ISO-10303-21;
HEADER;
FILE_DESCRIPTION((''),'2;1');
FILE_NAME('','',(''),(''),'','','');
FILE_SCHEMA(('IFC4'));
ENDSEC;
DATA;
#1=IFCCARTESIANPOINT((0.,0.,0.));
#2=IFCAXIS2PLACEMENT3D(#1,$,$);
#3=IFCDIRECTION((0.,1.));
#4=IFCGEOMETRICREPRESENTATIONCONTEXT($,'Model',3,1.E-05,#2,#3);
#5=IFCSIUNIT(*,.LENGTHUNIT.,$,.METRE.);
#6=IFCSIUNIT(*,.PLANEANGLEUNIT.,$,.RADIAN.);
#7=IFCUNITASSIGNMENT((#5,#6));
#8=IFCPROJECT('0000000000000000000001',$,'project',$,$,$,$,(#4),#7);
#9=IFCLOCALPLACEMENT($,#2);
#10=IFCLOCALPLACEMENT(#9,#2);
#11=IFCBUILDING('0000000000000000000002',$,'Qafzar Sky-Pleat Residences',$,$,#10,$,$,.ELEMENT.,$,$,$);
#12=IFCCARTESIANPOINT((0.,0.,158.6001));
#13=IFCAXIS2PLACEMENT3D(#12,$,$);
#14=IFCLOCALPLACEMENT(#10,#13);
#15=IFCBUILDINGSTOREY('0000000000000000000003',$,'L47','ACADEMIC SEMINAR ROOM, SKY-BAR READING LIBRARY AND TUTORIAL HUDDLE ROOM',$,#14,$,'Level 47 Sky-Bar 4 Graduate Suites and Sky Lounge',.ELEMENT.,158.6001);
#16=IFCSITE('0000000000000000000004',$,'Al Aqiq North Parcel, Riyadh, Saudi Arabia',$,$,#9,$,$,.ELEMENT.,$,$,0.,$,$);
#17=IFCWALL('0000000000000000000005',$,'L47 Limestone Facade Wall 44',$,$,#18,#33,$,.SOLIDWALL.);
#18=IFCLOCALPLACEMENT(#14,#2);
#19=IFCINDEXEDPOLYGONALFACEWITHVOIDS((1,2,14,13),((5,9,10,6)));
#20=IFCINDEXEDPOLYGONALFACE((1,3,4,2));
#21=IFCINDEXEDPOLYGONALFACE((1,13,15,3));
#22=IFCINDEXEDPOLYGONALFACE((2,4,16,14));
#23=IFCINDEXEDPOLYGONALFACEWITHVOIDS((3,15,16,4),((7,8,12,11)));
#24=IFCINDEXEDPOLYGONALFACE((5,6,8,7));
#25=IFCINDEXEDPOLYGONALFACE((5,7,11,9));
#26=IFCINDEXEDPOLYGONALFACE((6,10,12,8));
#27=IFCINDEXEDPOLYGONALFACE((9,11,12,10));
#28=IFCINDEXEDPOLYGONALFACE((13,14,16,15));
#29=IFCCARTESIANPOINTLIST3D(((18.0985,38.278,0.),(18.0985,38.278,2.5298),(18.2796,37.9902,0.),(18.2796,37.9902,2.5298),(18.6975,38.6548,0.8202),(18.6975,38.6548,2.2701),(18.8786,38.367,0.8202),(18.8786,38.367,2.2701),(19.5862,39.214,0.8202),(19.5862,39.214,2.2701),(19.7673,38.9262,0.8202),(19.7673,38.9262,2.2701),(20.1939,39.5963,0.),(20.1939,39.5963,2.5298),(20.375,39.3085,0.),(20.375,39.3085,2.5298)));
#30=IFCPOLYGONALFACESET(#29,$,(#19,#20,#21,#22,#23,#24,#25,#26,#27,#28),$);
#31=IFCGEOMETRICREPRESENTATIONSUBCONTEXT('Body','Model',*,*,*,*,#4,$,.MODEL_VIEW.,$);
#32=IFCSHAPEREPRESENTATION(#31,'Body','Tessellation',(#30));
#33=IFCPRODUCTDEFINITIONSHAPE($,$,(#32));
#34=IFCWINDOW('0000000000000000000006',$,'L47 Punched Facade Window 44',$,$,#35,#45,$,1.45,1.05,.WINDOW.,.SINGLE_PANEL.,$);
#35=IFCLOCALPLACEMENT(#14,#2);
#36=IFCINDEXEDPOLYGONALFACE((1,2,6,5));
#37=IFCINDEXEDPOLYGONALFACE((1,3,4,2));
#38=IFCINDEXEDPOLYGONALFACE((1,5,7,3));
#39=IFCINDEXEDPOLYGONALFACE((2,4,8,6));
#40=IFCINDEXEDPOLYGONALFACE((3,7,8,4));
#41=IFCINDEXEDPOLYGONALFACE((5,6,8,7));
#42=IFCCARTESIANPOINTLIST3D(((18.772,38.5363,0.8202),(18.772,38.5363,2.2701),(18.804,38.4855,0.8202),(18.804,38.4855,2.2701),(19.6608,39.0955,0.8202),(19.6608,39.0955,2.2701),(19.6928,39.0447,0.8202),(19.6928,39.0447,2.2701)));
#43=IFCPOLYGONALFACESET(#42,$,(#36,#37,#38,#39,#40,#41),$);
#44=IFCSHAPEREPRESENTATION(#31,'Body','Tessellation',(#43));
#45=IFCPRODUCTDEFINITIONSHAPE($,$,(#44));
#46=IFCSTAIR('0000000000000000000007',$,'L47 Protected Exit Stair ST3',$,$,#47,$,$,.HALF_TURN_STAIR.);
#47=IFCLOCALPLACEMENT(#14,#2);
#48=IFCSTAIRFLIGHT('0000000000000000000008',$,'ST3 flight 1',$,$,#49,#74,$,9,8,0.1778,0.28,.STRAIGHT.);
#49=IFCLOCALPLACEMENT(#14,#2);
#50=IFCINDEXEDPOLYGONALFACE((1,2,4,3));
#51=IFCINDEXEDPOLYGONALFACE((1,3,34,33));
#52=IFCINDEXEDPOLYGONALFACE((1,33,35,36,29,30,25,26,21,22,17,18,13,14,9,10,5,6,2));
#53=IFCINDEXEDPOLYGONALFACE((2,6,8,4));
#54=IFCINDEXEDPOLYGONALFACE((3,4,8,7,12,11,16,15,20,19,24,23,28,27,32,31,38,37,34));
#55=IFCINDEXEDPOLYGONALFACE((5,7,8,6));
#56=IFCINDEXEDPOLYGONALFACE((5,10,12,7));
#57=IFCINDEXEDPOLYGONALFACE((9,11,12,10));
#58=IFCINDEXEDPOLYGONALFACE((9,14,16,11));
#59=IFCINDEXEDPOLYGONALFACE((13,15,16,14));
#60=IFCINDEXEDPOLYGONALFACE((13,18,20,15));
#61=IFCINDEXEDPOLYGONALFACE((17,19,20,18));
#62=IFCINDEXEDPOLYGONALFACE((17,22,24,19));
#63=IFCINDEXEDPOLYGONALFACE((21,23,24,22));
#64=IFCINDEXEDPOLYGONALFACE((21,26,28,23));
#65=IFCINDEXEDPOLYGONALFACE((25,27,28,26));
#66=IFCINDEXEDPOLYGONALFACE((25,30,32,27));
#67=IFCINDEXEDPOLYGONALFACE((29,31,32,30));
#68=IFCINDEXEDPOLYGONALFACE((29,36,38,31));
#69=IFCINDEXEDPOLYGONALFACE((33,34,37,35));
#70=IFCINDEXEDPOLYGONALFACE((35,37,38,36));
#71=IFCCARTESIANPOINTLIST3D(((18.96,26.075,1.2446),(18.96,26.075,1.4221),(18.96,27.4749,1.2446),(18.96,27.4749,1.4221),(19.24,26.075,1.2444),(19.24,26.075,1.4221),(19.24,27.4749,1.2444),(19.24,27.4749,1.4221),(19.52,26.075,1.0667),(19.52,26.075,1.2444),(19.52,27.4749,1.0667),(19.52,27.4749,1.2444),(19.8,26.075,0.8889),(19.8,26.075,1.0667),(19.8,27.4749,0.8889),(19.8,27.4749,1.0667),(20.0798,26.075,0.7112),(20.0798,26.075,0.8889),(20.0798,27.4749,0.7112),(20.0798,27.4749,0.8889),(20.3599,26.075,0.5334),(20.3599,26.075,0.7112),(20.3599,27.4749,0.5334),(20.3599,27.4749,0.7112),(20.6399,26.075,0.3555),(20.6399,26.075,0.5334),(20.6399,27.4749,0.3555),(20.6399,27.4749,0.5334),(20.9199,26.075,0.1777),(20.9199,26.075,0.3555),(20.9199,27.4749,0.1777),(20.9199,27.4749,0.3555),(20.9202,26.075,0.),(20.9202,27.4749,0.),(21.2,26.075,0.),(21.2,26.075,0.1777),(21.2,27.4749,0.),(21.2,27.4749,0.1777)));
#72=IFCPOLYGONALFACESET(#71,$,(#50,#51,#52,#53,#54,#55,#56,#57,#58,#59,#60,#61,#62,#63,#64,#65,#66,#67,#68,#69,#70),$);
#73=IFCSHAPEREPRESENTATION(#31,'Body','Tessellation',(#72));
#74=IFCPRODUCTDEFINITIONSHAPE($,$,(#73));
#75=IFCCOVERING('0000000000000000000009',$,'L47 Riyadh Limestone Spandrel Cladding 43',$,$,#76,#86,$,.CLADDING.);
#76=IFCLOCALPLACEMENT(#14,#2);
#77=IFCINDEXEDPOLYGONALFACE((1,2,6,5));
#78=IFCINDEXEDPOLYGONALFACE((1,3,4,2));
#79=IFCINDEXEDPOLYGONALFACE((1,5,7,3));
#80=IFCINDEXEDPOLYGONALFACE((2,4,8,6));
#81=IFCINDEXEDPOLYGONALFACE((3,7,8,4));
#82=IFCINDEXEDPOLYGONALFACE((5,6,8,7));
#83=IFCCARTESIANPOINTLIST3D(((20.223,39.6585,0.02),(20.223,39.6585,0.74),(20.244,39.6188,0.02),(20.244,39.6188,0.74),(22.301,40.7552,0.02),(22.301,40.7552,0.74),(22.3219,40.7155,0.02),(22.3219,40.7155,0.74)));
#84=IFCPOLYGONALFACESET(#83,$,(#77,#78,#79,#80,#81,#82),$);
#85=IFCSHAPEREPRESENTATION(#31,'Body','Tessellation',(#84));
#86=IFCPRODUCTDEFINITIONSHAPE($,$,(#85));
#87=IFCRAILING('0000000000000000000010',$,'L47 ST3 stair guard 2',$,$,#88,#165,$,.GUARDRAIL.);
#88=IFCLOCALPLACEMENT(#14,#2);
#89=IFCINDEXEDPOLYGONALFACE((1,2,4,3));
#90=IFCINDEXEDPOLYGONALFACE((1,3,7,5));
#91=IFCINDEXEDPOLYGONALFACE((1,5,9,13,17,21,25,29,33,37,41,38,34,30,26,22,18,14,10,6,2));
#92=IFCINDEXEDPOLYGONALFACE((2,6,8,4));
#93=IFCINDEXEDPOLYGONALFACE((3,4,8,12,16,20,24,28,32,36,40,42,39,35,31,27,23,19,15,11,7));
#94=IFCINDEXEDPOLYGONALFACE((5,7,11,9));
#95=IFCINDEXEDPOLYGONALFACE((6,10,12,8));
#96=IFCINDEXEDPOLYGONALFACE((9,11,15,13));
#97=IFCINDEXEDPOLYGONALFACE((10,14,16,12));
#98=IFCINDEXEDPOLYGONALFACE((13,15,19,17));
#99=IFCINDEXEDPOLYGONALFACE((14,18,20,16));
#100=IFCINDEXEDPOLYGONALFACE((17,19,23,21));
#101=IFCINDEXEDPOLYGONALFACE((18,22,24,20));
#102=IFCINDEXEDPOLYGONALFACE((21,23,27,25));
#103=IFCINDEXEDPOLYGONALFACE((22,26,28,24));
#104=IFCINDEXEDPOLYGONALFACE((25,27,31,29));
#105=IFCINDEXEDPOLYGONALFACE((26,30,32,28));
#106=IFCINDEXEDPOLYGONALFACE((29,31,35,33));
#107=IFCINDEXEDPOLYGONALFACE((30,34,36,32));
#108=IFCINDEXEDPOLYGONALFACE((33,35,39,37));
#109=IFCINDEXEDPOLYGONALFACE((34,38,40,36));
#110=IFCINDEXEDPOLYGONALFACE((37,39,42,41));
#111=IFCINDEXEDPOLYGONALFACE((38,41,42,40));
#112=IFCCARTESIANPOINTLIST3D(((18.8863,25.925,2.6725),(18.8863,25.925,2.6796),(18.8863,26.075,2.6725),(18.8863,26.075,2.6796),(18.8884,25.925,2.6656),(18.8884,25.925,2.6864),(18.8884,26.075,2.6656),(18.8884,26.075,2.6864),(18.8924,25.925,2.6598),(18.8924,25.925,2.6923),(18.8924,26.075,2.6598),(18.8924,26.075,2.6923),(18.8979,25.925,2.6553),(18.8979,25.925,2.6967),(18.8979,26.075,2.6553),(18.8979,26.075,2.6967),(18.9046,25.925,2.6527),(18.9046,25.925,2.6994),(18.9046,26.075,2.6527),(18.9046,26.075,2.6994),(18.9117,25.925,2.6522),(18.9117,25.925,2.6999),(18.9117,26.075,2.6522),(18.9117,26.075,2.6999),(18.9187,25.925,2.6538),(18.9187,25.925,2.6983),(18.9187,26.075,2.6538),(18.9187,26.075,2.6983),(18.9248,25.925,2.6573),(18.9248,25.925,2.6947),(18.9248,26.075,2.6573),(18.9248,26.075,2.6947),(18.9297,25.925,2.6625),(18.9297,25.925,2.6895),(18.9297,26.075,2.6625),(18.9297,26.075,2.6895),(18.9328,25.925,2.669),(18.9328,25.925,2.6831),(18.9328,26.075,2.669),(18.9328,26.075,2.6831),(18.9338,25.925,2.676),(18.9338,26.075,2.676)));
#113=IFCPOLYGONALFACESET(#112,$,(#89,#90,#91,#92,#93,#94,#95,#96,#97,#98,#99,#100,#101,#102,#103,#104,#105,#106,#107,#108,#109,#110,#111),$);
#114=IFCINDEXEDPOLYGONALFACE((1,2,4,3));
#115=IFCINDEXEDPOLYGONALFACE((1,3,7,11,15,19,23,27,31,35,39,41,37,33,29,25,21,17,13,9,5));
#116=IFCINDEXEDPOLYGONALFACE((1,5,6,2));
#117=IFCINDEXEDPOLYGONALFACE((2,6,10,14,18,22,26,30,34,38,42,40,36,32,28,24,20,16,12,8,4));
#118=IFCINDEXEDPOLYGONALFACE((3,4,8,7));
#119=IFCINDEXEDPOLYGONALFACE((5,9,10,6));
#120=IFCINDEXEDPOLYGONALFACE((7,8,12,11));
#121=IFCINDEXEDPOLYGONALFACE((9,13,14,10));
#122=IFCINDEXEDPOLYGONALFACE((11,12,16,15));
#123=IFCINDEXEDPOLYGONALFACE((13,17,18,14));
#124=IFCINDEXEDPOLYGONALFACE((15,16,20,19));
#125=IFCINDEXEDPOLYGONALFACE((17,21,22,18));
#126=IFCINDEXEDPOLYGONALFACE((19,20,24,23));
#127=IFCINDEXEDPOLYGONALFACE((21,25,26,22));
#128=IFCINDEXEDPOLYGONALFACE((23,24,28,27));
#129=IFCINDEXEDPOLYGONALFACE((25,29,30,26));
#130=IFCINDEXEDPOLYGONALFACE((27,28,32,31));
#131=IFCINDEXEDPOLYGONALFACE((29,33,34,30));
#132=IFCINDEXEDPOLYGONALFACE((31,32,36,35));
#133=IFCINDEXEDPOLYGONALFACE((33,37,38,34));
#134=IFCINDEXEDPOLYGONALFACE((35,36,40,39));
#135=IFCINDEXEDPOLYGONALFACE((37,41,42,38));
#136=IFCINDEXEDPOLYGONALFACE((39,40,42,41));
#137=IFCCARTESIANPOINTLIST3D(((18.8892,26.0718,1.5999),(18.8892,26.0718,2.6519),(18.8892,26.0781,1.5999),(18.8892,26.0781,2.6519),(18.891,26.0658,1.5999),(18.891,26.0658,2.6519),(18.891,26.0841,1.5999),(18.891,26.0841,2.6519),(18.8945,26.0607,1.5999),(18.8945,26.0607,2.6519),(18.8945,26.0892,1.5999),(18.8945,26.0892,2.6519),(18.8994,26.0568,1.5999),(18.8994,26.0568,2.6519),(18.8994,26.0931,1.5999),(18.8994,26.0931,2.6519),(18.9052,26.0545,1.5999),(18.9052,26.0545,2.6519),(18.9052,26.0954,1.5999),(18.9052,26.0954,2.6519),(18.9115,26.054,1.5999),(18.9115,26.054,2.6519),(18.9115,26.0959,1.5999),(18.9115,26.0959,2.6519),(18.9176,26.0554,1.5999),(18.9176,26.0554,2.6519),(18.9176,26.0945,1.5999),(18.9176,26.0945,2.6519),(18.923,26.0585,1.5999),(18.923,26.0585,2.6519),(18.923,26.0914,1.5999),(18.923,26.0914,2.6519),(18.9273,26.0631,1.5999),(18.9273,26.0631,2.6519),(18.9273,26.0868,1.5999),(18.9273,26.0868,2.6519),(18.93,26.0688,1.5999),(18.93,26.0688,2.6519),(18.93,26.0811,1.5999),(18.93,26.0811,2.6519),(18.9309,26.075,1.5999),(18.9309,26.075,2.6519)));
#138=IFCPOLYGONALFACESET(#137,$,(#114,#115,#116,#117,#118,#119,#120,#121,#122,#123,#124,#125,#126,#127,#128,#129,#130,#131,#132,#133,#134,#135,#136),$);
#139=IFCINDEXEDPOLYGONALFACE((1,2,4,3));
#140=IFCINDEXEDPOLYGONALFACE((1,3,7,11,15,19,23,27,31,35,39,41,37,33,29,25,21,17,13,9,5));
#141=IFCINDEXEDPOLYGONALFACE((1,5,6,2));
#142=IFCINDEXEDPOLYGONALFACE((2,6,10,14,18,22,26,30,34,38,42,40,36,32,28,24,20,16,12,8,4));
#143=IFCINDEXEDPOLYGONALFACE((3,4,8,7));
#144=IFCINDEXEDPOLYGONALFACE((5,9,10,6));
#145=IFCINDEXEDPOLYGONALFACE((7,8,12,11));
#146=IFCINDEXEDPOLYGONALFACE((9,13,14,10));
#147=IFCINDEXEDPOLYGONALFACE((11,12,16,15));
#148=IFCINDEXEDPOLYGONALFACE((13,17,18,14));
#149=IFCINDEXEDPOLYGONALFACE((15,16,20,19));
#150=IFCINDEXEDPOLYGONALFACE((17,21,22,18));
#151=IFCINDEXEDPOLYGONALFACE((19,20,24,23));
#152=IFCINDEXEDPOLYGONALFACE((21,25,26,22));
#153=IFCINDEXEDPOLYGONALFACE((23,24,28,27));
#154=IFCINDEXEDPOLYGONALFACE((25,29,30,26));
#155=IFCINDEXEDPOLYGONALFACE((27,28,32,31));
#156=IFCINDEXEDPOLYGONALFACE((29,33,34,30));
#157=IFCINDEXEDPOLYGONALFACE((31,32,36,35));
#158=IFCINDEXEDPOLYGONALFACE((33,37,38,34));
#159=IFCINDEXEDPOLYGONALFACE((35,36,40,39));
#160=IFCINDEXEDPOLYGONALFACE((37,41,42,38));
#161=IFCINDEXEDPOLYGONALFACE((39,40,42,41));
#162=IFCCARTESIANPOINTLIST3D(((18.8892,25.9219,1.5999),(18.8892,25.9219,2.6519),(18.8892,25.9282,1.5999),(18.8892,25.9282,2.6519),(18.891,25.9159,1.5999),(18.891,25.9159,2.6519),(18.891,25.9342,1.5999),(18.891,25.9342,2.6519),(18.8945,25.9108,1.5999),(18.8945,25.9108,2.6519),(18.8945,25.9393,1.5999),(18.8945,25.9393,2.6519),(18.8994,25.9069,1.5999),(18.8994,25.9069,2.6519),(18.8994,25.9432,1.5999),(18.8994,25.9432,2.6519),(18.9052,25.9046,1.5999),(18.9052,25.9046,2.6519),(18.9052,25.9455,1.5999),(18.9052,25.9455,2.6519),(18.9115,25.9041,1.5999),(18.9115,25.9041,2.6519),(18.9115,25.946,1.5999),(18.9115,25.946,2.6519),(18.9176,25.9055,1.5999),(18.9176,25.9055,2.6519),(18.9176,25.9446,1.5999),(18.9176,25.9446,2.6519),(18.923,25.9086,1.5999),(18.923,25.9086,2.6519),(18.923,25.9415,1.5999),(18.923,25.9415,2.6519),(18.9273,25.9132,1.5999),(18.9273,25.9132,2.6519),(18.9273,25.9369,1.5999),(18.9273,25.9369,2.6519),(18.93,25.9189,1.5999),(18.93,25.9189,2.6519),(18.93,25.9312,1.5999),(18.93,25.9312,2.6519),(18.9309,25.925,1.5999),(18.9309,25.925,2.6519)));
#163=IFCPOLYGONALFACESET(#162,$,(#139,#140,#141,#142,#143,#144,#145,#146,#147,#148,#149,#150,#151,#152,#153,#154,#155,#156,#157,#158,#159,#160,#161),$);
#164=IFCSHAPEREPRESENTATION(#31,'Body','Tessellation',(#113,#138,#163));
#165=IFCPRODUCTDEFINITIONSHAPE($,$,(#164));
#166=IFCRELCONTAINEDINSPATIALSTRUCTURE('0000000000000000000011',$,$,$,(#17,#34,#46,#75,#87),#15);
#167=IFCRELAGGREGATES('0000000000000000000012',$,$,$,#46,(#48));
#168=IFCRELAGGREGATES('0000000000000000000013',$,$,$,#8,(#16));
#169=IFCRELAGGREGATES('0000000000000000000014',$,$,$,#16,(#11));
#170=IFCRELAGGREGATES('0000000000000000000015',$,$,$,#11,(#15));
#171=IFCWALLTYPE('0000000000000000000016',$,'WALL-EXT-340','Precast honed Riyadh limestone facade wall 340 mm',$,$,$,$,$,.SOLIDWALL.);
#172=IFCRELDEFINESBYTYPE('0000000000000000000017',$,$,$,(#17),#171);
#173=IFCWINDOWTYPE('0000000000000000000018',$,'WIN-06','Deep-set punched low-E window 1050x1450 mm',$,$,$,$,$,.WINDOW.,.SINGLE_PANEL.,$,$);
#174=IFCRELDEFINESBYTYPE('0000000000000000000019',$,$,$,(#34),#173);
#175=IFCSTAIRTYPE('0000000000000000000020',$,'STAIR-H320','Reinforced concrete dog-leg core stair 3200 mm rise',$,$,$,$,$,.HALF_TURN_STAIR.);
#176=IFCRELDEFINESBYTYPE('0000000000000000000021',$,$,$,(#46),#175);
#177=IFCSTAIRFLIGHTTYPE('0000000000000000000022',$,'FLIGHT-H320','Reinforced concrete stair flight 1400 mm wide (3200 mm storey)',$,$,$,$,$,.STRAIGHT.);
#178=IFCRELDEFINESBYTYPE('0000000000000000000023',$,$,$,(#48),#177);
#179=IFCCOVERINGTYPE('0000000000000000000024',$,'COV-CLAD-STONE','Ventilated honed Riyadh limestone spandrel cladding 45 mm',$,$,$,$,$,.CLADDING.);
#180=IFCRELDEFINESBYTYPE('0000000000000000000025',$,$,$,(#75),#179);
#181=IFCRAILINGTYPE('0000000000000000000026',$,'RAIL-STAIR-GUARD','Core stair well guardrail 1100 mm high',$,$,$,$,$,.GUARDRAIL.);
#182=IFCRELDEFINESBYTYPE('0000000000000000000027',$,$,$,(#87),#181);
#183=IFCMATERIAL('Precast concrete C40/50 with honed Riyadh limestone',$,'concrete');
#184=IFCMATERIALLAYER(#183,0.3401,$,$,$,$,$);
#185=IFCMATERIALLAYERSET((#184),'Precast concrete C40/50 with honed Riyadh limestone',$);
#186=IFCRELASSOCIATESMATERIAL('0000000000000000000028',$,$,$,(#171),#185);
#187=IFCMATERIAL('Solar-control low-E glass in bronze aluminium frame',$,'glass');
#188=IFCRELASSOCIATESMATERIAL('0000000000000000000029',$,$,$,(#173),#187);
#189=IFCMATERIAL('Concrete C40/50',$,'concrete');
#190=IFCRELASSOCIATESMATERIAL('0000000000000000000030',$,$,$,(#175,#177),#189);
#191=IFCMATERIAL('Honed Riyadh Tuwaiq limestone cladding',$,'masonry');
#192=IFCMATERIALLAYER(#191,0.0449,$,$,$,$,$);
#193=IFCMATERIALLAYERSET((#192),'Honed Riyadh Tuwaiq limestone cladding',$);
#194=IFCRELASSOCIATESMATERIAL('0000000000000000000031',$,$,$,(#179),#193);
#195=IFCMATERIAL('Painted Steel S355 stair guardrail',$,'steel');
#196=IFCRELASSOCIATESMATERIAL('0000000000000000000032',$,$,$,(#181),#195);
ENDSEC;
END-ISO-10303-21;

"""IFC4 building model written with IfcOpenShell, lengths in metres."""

from ifc_helpers import new_model, si_unit, direction, frame, frame_2d, origin, origin_2d, place, context, subcontext, project, spatial, polyline, rectangle, circle, outline, extrude, source, transform, mapped, material, layer, layer_set, type_object, element, fill, aggregate, save


model = new_model("IFC4")

# Units and contexts
model_context = context("Model", 3, precision=1e-05, world=origin(), true_north=direction((0.0, 1.0)))
body_context = subcontext(model_context, "Body", "Model", "MODEL_VIEW")
ifc_project = project(units=[si_unit("LENGTHUNIT", "METRE"), si_unit("PLANEANGLEUNIT", "RADIAN")], contexts=[model_context])

# Site, building, storey
site_placement = place(None, origin())
site = spatial("IfcSite", under=ifc_project, at=site_placement, Name="Al Aqiq North Parcel, Riyadh, Saudi Arabia", CompositionType="ELEMENT", RefElevation=0.0)
building_placement = place(site_placement, origin())
building = spatial("IfcBuilding", under=site, at=building_placement, Name="Qafzar Sky-Pleat Residences", CompositionType="ELEMENT")
storey_placement = place(building_placement, frame((0.0, 0.0, 158.6001)))
storey = spatial("IfcBuildingStorey", under=building, at=storey_placement, Name="L47", Description="ACADEMIC SEMINAR ROOM, SKY-BAR READING LIBRARY AND TUTORIAL HUDDLE ROOM", LongName="Level 47 Sky-Bar 4 Graduate Suites and Sky Lounge", CompositionType="ELEMENT", Elevation=158.6001)

# Wall, opening, window
ifc_material_1 = material(Name="Precast concrete C40/50 with honed Riyadh limestone", Category="concrete")
ifc_layer_1 = layer(ifc_material_1, 0.3401)
ifc_layer_set_1 = layer_set([ifc_layer_1], Name="Precast concrete C40/50 with honed Riyadh limestone")
wall_type_1 = type_object("IfcWallType", Name="WALL-EXT-340", Description="Precast honed Riyadh limestone facade wall 340 mm", PredefinedType="SOLIDWALL", material=ifc_layer_set_1)
wall_1_placement = place(storey_placement, frame((20.2844, 39.4524, 0.0), z_axis=(0.0, 0.0, 1.0), x_axis=(-0.846416, -0.532523, 0.0)))
wall_1 = element("IfcWall", 1, at=wall_1_placement, inside=storey, type_object=wall_type_1, Name="L47 Limestone Facade Wall 44", PredefinedType="SOLIDWALL", context=body_context, shape_type="SweptSolid", body=[
    extrude(rectangle(XDim=2.4756, YDim=0.3401, at=frame_2d((1.2378, 0.0))), origin(), (0.0, 0.0, 1.0), 2.5298),
])
opening_1_placement = place(wall_1_placement, frame((0.718, 0.0, 0.8201)))
opening_1 = element("IfcOpeningElement", 2, at=opening_1_placement, cuts=wall_1, PredefinedType="OPENING", context=body_context, shape_type="SweptSolid", body=[
    extrude(rectangle(XDim=1.05, YDim=1.45, at=frame_2d((0.5249, 0.7251))), frame((0.0, 0.1802, 0.0), z_axis=(0.0, -1.0, 0.0), x_axis=(1.0, 0.0, 0.0)), (0.0, 0.0, 1.0), 0.3601),
])
ifc_material_2 = material(Name="Solar-control low-E glass in bronze aluminium frame", Category="glass")
window_type = type_object("IfcWindowType", Name="WIN-06", Description="Deep-set punched low-E window 1050x1450 mm", PartitioningType="SINGLE_PANEL", PredefinedType="WINDOW", material=ifc_material_2)
shared_shape_1 = source(origin(), body_context, "Body", "SweptSolid", [
    extrude(rectangle(XDim=1.05, YDim=1.45, at=frame_2d((0.5249, 0.7251))), frame((0.0, 0.03, 0.0), z_axis=(0.0, -1.0, 0.0), x_axis=(1.0, 0.0, 0.0)), (0.0, 0.0, 1.0), 0.0601),
])
window_placement = place(opening_1_placement, origin())
window = element("IfcWindow", 3, at=window_placement, inside=storey, type_object=window_type, Name="L47 Punched Facade Window 44", OverallHeight=1.45, OverallWidth=1.05, PartitioningType="SINGLE_PANEL", PredefinedType="WINDOW", context=body_context, shape_type="MappedRepresentation", body=[
    mapped(shared_shape_1, transform((0.0, 0.0, 0.0), x_axis=(1.0, 0.0, 0.0), y_axis=(0.0, 1.0, 0.0), z_axis=(0.0, 0.0, 1.0), scale=1.0)),
])
fill(opening_1, window)

# Stair, stair flight
ifc_material_3 = material(Name="Concrete C40/50", Category="concrete")
stair_type = type_object("IfcStairType", Name="STAIR-H320", Description="Reinforced concrete dog-leg core stair 3200 mm rise", PredefinedType="HALF_TURN_STAIR", material=ifc_material_3)
stair_placement = place(storey_placement, origin())
stair = element("IfcStair", 4, at=stair_placement, inside=storey, type_object=stair_type, Name="L47 Protected Exit Stair ST3", PredefinedType="HALF_TURN_STAIR")
stair_flight_type = type_object("IfcStairFlightType", Name="FLIGHT-H320", Description="Reinforced concrete stair flight 1400 mm wide (3200 mm storey)", PredefinedType="STRAIGHT", material=ifc_material_3)
shared_shape_2 = source(origin(), body_context, "Body", "SweptSolid", [
    extrude(outline(polyline([(0.0, 0.0), (0.0, 0.1777), (0.28, 0.1777), (0.28, 0.3555), (0.5601, 0.3555), (0.5601, 0.5334), (0.8401, 0.5334), (0.8401, 0.7112), (1.1201, 0.7112), (1.1201, 0.8889), (1.3999, 0.8889), (1.3999, 1.0667), (1.6799, 1.0667), (1.6799, 1.2444), (1.96, 1.2444), (1.96, 1.4221), (2.24, 1.4221), (2.24, 1.6001), (2.24, 1.2446), (0.2798, 0.0), (0.0, 0.0)])), frame((0.0, 0.7, 0.0), z_axis=(0.0, -1.0, 0.0), x_axis=(1.0, 0.0, 0.0)), (0.0, 0.0, 1.0), 1.3999),
])
stair_flight_placement = place(storey_placement, frame((21.2, 26.7749, 0.0), z_axis=(0.0, 0.0, 1.0), x_axis=(-1.0, 0.0, 0.0)))
stair_flight = element("IfcStairFlight", 5, at=stair_flight_placement, type_object=stair_flight_type, Name="ST3 flight 1", NumberOfRisers=9, NumberOfTreads=8, PredefinedType="STRAIGHT", RiserHeight=0.1778, TreadLength=0.28, context=body_context, shape_type="MappedRepresentation", body=[
    mapped(shared_shape_2, transform((0.0, 0.0, 0.0), x_axis=(1.0, 0.0, 0.0), y_axis=(0.0, 1.0, 0.0), z_axis=(0.0, 0.0, 1.0), scale=1.0)),
])
aggregate(stair, [stair_flight])

# Covering
ifc_material_4 = material(Name="Honed Riyadh Tuwaiq limestone cladding", Category="masonry")
ifc_layer_2 = layer(ifc_material_4, 0.0449)
ifc_layer_set_2 = layer_set([ifc_layer_2], Name="Honed Riyadh Tuwaiq limestone cladding")
covering_type = type_object("IfcCoveringType", Name="COV-CLAD-STONE", Description="Ventilated honed Riyadh limestone spandrel cladding 45 mm", PredefinedType="CLADDING", material=ifc_layer_set_2)
shared_shape_3 = source(origin(), body_context, "Body", "SweptSolid", [
    extrude(rectangle(XDim=2.3496, YDim=0.0449, at=origin_2d()), origin(), (0.0, 0.0, 1.0), 0.72),
])
covering_placement = place(storey_placement, frame((21.2725, 40.187, 0.02), z_axis=(0.0, 0.0, 1.0), x_axis=(-0.884391, -0.466747, 0.0)))
element("IfcCovering", 6, at=covering_placement, inside=storey, type_object=covering_type, Name="L47 Riyadh Limestone Spandrel Cladding 43", PredefinedType="CLADDING", context=body_context, shape_type="MappedRepresentation", body=[
    mapped(shared_shape_3, transform((0.0, 0.0, 0.0), x_axis=(1.0, 0.0, 0.0), y_axis=(0.0, 1.0, 0.0), z_axis=(0.0, 0.0, 1.0), scale=1.0)),
])

# Railing
ifc_material_5 = material(Name="Painted Steel S355 stair guardrail", Category="steel")
railing_type_1 = type_object("IfcRailingType", Name="RAIL-STAIR-GUARD", Description="Core stair well guardrail 1100 mm high", PredefinedType="GUARDRAIL", material=ifc_material_5)
shared_shape_4 = source(origin(), body_context, "Body", "SweptSolid", [
    extrude(circle(Radius=0.0239, at=origin_2d()), frame((0.0, 0.0, 1.0762), z_axis=(0.0, -1.0, 0.0), x_axis=(1.0, 0.0, 0.0)), (0.0, 0.0, 1.0), 0.1499),
    extrude(circle(Radius=0.021, at=origin_2d()), origin(), (0.0, 0.0, 1.0), 1.052),
    extrude(circle(Radius=0.021, at=origin_2d()), frame((0.0, -0.1499, 0.0)), (0.0, 0.0, 1.0), 1.052),
])
for number, where, name in (
    (7, (18.9099, 26.075, 1.5999), "L47 ST3 stair guard 2"),
):
    element("IfcRailing", number, at=place(storey_placement, frame(where)), inside=storey, type_object=railing_type_1, Name=name, PredefinedType="GUARDRAIL", context=body_context, shape_type="MappedRepresentation", body=[
        mapped(shared_shape_4, transform((0.0, 0.0, 0.0), x_axis=(1.0, 0.0, 0.0), y_axis=(0.0, 1.0, 0.0), z_axis=(0.0, 0.0, 1.0), scale=1.0)),
    ])

save(model, "model.ifc")
